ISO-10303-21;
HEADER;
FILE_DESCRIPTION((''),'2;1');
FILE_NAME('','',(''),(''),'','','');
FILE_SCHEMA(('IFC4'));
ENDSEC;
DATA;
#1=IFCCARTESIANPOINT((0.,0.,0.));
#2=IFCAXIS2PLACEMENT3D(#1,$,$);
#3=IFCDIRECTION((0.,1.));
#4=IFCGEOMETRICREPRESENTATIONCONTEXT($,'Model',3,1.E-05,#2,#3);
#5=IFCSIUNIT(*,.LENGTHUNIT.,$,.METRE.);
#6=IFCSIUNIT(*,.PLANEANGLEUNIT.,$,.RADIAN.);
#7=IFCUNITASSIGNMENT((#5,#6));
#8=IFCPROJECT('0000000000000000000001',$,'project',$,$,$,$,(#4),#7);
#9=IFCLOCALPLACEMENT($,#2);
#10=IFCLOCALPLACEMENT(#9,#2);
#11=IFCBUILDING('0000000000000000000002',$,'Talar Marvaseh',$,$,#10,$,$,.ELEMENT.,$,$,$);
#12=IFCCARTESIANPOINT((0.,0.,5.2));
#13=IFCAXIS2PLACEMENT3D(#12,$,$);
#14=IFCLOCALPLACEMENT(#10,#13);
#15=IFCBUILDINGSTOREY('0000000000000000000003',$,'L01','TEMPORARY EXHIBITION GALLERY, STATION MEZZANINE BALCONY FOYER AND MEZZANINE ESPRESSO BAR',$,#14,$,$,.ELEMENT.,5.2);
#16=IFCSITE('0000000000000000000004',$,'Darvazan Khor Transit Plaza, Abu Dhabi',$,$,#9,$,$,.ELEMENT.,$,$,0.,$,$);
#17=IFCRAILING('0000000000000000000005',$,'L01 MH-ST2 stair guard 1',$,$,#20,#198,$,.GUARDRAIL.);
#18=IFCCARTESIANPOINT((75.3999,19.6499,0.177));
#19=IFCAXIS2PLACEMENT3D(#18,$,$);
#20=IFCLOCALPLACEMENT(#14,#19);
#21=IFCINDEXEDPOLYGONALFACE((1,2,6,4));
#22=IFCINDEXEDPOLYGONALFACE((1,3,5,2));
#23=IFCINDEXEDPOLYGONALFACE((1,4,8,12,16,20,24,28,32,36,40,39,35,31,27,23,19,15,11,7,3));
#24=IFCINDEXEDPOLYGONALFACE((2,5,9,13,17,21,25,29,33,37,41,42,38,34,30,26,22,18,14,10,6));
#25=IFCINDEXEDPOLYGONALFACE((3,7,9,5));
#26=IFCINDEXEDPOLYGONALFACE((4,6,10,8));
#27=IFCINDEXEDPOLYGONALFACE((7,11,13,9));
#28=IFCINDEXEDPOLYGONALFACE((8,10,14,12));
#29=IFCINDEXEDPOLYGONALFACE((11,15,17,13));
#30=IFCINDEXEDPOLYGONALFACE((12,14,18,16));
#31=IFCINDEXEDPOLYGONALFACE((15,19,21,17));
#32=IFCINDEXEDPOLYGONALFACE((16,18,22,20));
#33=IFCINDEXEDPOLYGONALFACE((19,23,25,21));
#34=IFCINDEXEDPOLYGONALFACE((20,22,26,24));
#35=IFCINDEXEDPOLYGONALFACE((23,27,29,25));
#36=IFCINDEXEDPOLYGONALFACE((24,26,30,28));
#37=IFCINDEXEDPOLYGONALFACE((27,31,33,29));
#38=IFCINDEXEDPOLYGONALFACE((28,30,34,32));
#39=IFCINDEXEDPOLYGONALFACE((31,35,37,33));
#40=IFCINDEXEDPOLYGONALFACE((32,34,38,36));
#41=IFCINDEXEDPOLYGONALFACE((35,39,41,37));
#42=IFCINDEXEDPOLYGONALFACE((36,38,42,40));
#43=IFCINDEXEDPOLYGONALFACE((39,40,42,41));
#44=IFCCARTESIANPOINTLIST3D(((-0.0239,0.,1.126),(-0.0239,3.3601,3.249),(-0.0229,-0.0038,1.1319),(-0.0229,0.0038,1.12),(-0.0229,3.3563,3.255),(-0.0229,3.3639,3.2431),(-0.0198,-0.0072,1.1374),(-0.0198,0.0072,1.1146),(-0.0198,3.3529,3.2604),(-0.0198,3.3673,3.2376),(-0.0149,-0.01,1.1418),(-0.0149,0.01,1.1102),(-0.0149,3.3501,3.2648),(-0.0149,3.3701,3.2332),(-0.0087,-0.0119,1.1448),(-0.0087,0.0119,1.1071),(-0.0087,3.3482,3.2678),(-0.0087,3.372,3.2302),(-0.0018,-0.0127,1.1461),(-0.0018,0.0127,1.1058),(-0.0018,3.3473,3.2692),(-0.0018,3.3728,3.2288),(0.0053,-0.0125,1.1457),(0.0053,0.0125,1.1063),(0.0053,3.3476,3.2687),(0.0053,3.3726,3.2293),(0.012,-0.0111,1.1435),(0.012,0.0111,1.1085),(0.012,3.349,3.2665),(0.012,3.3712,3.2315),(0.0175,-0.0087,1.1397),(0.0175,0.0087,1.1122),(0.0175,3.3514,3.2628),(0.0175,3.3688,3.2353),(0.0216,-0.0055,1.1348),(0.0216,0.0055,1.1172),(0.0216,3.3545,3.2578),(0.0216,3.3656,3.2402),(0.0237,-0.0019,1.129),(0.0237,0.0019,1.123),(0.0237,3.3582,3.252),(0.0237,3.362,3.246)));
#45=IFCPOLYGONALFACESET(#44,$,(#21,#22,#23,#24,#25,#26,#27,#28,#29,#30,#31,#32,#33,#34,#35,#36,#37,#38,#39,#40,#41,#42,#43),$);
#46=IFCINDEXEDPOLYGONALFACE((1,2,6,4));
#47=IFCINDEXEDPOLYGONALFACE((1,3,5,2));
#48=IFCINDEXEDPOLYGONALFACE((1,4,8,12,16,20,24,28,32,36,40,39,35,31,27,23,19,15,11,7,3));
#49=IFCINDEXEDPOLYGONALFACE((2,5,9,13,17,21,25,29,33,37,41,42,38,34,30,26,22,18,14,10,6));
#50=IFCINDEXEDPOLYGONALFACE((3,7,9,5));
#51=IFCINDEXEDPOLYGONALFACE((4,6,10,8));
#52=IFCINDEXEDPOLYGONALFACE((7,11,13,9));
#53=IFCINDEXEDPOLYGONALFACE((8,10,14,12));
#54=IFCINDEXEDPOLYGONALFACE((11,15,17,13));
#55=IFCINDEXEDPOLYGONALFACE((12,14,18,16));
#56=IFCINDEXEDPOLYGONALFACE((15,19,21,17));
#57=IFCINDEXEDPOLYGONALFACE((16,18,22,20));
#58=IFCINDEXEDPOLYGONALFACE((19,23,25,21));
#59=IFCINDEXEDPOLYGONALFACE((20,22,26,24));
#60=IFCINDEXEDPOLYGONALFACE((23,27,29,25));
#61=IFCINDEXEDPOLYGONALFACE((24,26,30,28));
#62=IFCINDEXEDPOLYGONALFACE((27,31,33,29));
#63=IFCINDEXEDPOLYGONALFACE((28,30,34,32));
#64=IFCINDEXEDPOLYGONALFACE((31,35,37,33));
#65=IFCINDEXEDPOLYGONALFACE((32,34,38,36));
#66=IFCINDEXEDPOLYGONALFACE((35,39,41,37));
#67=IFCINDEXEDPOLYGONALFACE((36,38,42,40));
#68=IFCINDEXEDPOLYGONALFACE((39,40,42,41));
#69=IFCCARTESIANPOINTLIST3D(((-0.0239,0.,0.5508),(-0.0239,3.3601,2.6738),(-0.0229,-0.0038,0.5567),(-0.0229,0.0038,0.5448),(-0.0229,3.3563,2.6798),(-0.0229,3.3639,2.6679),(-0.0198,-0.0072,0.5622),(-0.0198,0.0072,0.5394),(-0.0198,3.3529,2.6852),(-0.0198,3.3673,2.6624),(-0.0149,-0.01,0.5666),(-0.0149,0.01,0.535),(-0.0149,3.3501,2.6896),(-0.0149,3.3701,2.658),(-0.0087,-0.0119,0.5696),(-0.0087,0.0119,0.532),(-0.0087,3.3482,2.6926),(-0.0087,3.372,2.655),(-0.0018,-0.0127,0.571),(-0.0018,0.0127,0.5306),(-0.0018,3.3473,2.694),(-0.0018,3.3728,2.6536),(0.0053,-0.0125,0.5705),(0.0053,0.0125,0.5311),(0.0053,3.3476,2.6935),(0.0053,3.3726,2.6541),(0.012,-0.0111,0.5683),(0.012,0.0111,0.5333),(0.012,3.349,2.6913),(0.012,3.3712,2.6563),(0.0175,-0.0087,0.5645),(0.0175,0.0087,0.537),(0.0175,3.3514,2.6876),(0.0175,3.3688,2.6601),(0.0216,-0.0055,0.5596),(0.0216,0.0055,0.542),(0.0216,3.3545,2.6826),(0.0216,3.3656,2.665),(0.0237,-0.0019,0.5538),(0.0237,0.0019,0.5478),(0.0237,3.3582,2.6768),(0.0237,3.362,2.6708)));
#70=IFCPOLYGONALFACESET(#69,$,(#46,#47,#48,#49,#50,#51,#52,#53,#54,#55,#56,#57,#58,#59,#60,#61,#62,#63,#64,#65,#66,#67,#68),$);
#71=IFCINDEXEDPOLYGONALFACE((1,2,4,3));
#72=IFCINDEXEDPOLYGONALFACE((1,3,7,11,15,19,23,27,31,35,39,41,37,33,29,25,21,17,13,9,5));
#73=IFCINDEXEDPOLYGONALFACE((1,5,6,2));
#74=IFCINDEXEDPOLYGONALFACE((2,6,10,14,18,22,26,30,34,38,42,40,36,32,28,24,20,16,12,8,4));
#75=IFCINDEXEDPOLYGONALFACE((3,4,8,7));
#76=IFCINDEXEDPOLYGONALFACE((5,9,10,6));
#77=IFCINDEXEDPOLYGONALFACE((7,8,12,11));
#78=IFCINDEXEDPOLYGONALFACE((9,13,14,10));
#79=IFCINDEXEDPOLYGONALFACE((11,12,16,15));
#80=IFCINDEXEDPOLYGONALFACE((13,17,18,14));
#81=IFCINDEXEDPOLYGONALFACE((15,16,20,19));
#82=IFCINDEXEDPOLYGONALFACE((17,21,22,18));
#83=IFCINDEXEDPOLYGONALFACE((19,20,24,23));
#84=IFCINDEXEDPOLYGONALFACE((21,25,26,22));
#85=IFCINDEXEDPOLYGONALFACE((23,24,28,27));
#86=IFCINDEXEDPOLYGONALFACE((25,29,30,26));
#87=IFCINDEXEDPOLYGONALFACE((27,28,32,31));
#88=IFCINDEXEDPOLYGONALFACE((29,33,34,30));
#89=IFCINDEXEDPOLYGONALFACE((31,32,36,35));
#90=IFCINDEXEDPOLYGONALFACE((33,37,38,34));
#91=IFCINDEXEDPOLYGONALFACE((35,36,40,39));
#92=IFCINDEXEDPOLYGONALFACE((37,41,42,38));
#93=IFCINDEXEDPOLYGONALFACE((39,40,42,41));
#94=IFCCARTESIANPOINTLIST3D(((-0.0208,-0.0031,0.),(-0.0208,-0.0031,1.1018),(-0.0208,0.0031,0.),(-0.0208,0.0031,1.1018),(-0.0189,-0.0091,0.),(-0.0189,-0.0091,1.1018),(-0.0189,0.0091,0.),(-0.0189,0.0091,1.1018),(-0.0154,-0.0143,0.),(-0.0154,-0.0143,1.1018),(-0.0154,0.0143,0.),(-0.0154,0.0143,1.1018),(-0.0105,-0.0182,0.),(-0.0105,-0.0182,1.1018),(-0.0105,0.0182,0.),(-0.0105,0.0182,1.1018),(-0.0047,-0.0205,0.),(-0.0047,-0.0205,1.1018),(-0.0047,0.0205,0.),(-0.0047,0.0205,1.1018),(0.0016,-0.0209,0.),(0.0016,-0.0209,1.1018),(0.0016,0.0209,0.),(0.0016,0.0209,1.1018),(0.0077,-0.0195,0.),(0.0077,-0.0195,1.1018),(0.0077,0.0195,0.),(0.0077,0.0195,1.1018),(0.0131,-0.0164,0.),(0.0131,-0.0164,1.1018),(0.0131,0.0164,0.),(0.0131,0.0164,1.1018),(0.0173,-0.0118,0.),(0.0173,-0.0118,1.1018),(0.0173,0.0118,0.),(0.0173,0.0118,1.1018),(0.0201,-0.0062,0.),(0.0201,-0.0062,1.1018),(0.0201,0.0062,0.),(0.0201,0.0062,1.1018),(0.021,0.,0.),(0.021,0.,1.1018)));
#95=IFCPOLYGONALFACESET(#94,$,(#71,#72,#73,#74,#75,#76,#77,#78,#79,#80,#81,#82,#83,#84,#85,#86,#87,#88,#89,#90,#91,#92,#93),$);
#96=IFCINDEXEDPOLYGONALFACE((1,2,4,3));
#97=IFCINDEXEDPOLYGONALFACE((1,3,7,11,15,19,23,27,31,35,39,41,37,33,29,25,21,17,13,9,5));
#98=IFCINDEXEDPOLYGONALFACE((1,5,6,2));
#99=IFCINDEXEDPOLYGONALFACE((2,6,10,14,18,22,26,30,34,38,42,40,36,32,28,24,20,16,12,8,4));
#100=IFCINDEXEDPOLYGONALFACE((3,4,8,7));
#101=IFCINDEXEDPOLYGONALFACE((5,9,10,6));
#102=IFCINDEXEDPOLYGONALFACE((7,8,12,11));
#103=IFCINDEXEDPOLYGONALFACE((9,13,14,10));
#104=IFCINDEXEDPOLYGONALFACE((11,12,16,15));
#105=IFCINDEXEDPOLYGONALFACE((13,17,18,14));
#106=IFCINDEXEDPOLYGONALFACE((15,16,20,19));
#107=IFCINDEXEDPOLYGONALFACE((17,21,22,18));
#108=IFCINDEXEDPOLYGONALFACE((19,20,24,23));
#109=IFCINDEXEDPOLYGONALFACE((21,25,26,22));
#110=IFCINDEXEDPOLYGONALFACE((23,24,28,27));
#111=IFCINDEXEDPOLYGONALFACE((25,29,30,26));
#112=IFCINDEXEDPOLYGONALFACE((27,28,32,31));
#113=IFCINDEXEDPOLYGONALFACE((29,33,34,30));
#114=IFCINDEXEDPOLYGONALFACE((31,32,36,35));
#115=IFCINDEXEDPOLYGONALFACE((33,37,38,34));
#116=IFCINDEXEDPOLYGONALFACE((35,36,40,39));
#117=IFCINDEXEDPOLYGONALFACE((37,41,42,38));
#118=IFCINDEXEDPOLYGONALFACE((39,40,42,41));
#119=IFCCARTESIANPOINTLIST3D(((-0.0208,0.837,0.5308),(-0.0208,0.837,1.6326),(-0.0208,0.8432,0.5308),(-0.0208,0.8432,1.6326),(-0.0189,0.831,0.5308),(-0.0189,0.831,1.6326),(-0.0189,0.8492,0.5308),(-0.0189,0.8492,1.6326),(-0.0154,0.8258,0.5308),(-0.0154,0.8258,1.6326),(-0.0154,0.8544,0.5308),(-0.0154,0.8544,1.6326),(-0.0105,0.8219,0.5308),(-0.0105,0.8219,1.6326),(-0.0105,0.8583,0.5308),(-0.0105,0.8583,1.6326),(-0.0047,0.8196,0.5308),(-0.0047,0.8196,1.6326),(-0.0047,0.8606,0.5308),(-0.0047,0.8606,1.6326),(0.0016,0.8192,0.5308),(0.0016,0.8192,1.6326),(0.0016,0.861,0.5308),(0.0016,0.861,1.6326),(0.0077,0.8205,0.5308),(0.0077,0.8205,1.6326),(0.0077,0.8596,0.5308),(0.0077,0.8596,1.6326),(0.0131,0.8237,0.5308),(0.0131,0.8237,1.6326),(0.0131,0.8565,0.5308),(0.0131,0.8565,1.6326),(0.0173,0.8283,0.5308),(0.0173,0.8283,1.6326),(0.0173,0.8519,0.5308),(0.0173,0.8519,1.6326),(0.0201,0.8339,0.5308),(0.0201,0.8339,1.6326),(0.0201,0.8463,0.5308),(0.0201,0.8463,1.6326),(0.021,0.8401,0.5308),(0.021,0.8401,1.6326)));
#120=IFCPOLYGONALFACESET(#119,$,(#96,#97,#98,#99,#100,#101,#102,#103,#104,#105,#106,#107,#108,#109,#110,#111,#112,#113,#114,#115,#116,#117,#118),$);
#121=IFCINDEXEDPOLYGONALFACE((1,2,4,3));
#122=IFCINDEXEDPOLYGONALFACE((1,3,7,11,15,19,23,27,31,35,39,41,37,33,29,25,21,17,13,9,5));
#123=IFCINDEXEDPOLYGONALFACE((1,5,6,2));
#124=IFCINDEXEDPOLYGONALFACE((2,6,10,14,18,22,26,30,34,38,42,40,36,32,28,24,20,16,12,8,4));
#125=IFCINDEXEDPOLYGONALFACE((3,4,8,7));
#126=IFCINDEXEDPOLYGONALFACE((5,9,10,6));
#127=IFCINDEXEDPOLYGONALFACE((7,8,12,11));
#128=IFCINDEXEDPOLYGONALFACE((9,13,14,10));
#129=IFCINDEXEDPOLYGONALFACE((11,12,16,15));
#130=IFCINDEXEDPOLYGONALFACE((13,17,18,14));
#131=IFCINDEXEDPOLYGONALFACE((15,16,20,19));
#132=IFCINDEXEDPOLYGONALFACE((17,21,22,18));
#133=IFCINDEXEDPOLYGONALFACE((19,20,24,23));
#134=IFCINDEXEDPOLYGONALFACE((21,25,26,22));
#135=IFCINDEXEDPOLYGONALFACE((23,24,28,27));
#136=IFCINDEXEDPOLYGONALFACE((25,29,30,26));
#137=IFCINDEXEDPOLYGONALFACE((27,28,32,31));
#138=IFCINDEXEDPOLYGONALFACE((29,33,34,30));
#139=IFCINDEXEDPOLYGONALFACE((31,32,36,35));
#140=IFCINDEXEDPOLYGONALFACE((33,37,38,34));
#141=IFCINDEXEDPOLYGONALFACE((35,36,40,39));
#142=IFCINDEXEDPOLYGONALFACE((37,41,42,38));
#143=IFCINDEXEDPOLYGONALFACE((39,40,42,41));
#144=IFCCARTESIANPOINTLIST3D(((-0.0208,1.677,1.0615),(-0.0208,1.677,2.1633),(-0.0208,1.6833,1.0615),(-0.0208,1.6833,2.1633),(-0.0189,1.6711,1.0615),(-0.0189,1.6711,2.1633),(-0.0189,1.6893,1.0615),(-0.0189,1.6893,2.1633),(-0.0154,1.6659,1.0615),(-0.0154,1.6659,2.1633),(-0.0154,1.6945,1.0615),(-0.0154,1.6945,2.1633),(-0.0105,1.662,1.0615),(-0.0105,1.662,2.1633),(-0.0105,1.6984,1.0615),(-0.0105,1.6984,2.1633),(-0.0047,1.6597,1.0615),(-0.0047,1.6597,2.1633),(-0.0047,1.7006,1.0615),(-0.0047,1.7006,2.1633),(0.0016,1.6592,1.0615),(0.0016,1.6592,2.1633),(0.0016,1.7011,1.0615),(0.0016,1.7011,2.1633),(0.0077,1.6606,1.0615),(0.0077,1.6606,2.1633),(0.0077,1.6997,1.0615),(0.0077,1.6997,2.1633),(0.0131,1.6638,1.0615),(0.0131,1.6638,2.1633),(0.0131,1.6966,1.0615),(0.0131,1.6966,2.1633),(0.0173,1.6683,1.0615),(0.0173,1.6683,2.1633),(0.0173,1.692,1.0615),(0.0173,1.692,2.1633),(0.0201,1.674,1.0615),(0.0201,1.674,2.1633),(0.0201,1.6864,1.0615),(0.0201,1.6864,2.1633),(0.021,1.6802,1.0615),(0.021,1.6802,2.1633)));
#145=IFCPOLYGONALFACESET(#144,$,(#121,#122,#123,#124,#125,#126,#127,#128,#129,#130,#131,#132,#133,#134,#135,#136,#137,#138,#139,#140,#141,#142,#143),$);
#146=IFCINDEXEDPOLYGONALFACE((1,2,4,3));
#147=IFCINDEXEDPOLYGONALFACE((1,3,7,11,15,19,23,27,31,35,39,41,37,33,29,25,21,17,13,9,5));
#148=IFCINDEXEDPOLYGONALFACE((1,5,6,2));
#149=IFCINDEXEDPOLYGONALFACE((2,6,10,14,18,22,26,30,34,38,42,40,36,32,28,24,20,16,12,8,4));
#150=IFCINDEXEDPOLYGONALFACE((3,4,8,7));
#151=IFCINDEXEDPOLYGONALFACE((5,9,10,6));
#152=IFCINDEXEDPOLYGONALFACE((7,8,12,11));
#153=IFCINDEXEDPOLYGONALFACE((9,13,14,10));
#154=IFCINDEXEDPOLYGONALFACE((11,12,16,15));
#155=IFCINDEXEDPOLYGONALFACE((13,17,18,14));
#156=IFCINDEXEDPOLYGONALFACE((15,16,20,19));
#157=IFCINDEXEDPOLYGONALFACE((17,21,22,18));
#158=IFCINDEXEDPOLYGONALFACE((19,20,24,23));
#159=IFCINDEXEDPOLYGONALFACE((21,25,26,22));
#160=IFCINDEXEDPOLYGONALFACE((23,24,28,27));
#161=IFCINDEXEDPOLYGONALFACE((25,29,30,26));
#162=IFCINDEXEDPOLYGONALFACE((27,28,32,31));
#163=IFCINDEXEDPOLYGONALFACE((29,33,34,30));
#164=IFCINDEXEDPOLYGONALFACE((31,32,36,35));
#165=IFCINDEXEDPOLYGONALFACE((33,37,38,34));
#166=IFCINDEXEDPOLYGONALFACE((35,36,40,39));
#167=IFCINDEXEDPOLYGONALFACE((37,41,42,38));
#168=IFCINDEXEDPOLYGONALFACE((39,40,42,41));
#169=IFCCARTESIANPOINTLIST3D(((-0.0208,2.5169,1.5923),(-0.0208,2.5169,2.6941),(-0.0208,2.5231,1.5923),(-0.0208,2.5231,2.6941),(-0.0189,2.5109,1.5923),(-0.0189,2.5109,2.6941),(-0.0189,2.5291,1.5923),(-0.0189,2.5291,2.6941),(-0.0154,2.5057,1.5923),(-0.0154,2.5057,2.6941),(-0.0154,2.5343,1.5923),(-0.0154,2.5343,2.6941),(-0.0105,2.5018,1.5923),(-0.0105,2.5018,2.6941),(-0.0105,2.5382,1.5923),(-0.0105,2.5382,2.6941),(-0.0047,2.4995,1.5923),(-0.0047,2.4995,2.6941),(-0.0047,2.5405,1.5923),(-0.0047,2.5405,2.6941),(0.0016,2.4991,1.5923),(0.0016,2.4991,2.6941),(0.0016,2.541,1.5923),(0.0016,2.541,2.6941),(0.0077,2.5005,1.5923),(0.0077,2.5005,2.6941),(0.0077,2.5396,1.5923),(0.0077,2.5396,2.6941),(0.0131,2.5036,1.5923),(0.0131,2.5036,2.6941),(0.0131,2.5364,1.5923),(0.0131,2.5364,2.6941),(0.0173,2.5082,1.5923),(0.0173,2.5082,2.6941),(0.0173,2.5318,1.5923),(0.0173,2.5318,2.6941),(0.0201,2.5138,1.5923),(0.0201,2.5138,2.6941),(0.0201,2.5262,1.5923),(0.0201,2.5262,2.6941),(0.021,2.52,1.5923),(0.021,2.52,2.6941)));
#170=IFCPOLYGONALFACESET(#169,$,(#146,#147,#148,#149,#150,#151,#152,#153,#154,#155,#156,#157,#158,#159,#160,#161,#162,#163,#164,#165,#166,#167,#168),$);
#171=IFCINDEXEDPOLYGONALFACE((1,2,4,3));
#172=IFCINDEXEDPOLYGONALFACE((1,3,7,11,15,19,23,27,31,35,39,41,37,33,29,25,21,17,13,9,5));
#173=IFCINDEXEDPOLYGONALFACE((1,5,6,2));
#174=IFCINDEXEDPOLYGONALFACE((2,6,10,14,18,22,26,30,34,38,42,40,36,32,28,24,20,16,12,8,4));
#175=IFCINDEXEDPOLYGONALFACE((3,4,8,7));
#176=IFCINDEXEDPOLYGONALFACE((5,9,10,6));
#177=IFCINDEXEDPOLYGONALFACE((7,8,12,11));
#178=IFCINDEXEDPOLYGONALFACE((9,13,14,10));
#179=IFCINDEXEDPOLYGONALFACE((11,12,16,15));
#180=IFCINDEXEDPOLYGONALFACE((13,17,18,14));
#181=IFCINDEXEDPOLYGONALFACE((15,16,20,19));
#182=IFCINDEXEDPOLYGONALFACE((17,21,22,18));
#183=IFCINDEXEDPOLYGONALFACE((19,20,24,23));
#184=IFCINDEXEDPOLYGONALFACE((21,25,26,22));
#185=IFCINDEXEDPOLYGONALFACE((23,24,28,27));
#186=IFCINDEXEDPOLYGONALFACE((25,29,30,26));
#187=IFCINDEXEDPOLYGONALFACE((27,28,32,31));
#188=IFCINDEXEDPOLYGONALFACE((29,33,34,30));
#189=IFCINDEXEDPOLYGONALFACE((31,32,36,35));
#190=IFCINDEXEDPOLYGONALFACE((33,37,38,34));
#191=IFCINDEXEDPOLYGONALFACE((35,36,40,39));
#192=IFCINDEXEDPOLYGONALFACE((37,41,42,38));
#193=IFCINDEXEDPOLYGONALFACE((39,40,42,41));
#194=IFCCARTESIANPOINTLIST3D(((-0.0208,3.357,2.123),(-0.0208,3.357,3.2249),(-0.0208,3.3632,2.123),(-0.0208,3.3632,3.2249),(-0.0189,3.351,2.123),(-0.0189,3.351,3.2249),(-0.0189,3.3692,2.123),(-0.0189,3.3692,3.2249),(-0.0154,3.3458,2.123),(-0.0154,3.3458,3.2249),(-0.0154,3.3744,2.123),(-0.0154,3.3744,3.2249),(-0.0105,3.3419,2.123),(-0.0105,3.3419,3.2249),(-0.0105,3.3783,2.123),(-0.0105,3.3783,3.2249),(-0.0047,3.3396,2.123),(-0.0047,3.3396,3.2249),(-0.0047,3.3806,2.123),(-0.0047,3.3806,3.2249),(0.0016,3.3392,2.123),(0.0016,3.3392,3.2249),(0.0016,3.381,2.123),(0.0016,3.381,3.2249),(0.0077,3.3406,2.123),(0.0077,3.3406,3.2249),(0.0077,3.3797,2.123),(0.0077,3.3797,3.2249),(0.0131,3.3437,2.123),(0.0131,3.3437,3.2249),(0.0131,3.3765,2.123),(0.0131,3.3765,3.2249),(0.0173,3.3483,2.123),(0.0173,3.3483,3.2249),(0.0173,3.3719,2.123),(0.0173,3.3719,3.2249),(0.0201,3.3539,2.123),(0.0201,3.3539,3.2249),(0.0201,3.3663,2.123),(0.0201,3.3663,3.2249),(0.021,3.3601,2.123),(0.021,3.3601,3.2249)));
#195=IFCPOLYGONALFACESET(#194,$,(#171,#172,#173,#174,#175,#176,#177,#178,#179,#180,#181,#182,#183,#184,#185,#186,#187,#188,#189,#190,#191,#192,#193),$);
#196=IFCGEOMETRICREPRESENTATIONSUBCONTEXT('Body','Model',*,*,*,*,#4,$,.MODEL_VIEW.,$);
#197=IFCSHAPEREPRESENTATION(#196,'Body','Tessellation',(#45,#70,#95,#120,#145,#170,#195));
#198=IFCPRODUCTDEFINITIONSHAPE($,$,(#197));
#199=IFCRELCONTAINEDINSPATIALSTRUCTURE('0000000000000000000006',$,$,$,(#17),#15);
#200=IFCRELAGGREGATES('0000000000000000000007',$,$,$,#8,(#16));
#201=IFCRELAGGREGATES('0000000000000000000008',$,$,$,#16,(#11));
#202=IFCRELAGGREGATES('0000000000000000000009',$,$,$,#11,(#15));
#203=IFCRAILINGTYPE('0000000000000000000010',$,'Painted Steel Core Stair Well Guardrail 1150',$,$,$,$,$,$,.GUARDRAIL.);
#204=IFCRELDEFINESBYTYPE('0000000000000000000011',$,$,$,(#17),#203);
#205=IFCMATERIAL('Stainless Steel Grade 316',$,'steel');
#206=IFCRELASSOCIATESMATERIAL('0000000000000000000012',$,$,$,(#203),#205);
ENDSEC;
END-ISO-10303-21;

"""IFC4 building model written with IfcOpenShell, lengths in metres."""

from ifc_helpers import new_model, si_unit, direction, frame, origin, origin_2d, place, context, subcontext, project, spatial, circle, extrude, material, type_object, element, save


model = new_model("IFC4")

# Units and contexts
model_context = context("Model", 3, precision=1e-05, world=origin(), true_north=direction((0.0, 1.0)))
body_context = subcontext(model_context, "Body", "Model", "MODEL_VIEW")
ifc_project = project(units=[si_unit("LENGTHUNIT", "METRE"), si_unit("PLANEANGLEUNIT", "RADIAN")], contexts=[model_context])

# Site, building, storey
site_placement = place(None, origin())
site = spatial("IfcSite", under=ifc_project, at=site_placement, Name="Darvazan Khor Transit Plaza, Abu Dhabi", CompositionType="ELEMENT", RefElevation=0.0)
building_placement = place(site_placement, origin())
building = spatial("IfcBuilding", under=site, at=building_placement, Name="Talar Marvaseh", CompositionType="ELEMENT")
storey_placement = place(building_placement, frame((0.0, 0.0, 5.2)))
storey = spatial("IfcBuildingStorey", under=building, at=storey_placement, Name="L01", Description="TEMPORARY EXHIBITION GALLERY, STATION MEZZANINE BALCONY FOYER AND MEZZANINE ESPRESSO BAR", CompositionType="ELEMENT", Elevation=5.2)

# Railing
ifc_material_1 = material(Name="Stainless Steel Grade 316", Category="steel")
railing_type_1 = type_object("IfcRailingType", Name="Painted Steel Core Stair Well Guardrail 1150", PredefinedType="GUARDRAIL", material=ifc_material_1)
railing_1_placement = place(storey_placement, frame((75.3999, 19.6499, 0.177)))
element("IfcRailing", 1, at=railing_1_placement, inside=storey, type_object=railing_type_1, Name="L01 MH-ST2 stair guard 1", PredefinedType="GUARDRAIL", context=body_context, shape_type="SweptSolid", body=[
    extrude(circle(Radius=0.0239, at=origin_2d()), frame((0.0, 0.0, 1.126), z_axis=(0.0, 0.84539, 0.53415), x_axis=(-1.0, 0.0, 0.0)), (0.0, 0.0, 1.0), 3.9746),
    extrude(circle(Radius=0.0239, at=origin_2d()), frame((0.0, 0.0, 0.5508), z_axis=(0.0, 0.84539, 0.53415), x_axis=(-1.0, 0.0, 0.0)), (0.0, 0.0, 1.0), 3.9746),
    extrude(circle(Radius=0.021, at=origin_2d()), origin(), (0.0, 0.0, 1.0), 1.1018),
    extrude(circle(Radius=0.021, at=origin_2d()), frame((0.0, 0.8401, 0.5308)), (0.0, 0.0, 1.0), 1.1018),
    extrude(circle(Radius=0.021, at=origin_2d()), frame((0.0, 1.6802, 1.0615)), (0.0, 0.0, 1.0), 1.1018),
    extrude(circle(Radius=0.021, at=origin_2d()), frame((0.0, 2.52, 1.5923)), (0.0, 0.0, 1.0), 1.1018),
    extrude(circle(Radius=0.021, at=origin_2d()), frame((0.0, 3.3601, 2.123)), (0.0, 0.0, 1.0), 1.1018),
])

save(model, "model.ifc")
